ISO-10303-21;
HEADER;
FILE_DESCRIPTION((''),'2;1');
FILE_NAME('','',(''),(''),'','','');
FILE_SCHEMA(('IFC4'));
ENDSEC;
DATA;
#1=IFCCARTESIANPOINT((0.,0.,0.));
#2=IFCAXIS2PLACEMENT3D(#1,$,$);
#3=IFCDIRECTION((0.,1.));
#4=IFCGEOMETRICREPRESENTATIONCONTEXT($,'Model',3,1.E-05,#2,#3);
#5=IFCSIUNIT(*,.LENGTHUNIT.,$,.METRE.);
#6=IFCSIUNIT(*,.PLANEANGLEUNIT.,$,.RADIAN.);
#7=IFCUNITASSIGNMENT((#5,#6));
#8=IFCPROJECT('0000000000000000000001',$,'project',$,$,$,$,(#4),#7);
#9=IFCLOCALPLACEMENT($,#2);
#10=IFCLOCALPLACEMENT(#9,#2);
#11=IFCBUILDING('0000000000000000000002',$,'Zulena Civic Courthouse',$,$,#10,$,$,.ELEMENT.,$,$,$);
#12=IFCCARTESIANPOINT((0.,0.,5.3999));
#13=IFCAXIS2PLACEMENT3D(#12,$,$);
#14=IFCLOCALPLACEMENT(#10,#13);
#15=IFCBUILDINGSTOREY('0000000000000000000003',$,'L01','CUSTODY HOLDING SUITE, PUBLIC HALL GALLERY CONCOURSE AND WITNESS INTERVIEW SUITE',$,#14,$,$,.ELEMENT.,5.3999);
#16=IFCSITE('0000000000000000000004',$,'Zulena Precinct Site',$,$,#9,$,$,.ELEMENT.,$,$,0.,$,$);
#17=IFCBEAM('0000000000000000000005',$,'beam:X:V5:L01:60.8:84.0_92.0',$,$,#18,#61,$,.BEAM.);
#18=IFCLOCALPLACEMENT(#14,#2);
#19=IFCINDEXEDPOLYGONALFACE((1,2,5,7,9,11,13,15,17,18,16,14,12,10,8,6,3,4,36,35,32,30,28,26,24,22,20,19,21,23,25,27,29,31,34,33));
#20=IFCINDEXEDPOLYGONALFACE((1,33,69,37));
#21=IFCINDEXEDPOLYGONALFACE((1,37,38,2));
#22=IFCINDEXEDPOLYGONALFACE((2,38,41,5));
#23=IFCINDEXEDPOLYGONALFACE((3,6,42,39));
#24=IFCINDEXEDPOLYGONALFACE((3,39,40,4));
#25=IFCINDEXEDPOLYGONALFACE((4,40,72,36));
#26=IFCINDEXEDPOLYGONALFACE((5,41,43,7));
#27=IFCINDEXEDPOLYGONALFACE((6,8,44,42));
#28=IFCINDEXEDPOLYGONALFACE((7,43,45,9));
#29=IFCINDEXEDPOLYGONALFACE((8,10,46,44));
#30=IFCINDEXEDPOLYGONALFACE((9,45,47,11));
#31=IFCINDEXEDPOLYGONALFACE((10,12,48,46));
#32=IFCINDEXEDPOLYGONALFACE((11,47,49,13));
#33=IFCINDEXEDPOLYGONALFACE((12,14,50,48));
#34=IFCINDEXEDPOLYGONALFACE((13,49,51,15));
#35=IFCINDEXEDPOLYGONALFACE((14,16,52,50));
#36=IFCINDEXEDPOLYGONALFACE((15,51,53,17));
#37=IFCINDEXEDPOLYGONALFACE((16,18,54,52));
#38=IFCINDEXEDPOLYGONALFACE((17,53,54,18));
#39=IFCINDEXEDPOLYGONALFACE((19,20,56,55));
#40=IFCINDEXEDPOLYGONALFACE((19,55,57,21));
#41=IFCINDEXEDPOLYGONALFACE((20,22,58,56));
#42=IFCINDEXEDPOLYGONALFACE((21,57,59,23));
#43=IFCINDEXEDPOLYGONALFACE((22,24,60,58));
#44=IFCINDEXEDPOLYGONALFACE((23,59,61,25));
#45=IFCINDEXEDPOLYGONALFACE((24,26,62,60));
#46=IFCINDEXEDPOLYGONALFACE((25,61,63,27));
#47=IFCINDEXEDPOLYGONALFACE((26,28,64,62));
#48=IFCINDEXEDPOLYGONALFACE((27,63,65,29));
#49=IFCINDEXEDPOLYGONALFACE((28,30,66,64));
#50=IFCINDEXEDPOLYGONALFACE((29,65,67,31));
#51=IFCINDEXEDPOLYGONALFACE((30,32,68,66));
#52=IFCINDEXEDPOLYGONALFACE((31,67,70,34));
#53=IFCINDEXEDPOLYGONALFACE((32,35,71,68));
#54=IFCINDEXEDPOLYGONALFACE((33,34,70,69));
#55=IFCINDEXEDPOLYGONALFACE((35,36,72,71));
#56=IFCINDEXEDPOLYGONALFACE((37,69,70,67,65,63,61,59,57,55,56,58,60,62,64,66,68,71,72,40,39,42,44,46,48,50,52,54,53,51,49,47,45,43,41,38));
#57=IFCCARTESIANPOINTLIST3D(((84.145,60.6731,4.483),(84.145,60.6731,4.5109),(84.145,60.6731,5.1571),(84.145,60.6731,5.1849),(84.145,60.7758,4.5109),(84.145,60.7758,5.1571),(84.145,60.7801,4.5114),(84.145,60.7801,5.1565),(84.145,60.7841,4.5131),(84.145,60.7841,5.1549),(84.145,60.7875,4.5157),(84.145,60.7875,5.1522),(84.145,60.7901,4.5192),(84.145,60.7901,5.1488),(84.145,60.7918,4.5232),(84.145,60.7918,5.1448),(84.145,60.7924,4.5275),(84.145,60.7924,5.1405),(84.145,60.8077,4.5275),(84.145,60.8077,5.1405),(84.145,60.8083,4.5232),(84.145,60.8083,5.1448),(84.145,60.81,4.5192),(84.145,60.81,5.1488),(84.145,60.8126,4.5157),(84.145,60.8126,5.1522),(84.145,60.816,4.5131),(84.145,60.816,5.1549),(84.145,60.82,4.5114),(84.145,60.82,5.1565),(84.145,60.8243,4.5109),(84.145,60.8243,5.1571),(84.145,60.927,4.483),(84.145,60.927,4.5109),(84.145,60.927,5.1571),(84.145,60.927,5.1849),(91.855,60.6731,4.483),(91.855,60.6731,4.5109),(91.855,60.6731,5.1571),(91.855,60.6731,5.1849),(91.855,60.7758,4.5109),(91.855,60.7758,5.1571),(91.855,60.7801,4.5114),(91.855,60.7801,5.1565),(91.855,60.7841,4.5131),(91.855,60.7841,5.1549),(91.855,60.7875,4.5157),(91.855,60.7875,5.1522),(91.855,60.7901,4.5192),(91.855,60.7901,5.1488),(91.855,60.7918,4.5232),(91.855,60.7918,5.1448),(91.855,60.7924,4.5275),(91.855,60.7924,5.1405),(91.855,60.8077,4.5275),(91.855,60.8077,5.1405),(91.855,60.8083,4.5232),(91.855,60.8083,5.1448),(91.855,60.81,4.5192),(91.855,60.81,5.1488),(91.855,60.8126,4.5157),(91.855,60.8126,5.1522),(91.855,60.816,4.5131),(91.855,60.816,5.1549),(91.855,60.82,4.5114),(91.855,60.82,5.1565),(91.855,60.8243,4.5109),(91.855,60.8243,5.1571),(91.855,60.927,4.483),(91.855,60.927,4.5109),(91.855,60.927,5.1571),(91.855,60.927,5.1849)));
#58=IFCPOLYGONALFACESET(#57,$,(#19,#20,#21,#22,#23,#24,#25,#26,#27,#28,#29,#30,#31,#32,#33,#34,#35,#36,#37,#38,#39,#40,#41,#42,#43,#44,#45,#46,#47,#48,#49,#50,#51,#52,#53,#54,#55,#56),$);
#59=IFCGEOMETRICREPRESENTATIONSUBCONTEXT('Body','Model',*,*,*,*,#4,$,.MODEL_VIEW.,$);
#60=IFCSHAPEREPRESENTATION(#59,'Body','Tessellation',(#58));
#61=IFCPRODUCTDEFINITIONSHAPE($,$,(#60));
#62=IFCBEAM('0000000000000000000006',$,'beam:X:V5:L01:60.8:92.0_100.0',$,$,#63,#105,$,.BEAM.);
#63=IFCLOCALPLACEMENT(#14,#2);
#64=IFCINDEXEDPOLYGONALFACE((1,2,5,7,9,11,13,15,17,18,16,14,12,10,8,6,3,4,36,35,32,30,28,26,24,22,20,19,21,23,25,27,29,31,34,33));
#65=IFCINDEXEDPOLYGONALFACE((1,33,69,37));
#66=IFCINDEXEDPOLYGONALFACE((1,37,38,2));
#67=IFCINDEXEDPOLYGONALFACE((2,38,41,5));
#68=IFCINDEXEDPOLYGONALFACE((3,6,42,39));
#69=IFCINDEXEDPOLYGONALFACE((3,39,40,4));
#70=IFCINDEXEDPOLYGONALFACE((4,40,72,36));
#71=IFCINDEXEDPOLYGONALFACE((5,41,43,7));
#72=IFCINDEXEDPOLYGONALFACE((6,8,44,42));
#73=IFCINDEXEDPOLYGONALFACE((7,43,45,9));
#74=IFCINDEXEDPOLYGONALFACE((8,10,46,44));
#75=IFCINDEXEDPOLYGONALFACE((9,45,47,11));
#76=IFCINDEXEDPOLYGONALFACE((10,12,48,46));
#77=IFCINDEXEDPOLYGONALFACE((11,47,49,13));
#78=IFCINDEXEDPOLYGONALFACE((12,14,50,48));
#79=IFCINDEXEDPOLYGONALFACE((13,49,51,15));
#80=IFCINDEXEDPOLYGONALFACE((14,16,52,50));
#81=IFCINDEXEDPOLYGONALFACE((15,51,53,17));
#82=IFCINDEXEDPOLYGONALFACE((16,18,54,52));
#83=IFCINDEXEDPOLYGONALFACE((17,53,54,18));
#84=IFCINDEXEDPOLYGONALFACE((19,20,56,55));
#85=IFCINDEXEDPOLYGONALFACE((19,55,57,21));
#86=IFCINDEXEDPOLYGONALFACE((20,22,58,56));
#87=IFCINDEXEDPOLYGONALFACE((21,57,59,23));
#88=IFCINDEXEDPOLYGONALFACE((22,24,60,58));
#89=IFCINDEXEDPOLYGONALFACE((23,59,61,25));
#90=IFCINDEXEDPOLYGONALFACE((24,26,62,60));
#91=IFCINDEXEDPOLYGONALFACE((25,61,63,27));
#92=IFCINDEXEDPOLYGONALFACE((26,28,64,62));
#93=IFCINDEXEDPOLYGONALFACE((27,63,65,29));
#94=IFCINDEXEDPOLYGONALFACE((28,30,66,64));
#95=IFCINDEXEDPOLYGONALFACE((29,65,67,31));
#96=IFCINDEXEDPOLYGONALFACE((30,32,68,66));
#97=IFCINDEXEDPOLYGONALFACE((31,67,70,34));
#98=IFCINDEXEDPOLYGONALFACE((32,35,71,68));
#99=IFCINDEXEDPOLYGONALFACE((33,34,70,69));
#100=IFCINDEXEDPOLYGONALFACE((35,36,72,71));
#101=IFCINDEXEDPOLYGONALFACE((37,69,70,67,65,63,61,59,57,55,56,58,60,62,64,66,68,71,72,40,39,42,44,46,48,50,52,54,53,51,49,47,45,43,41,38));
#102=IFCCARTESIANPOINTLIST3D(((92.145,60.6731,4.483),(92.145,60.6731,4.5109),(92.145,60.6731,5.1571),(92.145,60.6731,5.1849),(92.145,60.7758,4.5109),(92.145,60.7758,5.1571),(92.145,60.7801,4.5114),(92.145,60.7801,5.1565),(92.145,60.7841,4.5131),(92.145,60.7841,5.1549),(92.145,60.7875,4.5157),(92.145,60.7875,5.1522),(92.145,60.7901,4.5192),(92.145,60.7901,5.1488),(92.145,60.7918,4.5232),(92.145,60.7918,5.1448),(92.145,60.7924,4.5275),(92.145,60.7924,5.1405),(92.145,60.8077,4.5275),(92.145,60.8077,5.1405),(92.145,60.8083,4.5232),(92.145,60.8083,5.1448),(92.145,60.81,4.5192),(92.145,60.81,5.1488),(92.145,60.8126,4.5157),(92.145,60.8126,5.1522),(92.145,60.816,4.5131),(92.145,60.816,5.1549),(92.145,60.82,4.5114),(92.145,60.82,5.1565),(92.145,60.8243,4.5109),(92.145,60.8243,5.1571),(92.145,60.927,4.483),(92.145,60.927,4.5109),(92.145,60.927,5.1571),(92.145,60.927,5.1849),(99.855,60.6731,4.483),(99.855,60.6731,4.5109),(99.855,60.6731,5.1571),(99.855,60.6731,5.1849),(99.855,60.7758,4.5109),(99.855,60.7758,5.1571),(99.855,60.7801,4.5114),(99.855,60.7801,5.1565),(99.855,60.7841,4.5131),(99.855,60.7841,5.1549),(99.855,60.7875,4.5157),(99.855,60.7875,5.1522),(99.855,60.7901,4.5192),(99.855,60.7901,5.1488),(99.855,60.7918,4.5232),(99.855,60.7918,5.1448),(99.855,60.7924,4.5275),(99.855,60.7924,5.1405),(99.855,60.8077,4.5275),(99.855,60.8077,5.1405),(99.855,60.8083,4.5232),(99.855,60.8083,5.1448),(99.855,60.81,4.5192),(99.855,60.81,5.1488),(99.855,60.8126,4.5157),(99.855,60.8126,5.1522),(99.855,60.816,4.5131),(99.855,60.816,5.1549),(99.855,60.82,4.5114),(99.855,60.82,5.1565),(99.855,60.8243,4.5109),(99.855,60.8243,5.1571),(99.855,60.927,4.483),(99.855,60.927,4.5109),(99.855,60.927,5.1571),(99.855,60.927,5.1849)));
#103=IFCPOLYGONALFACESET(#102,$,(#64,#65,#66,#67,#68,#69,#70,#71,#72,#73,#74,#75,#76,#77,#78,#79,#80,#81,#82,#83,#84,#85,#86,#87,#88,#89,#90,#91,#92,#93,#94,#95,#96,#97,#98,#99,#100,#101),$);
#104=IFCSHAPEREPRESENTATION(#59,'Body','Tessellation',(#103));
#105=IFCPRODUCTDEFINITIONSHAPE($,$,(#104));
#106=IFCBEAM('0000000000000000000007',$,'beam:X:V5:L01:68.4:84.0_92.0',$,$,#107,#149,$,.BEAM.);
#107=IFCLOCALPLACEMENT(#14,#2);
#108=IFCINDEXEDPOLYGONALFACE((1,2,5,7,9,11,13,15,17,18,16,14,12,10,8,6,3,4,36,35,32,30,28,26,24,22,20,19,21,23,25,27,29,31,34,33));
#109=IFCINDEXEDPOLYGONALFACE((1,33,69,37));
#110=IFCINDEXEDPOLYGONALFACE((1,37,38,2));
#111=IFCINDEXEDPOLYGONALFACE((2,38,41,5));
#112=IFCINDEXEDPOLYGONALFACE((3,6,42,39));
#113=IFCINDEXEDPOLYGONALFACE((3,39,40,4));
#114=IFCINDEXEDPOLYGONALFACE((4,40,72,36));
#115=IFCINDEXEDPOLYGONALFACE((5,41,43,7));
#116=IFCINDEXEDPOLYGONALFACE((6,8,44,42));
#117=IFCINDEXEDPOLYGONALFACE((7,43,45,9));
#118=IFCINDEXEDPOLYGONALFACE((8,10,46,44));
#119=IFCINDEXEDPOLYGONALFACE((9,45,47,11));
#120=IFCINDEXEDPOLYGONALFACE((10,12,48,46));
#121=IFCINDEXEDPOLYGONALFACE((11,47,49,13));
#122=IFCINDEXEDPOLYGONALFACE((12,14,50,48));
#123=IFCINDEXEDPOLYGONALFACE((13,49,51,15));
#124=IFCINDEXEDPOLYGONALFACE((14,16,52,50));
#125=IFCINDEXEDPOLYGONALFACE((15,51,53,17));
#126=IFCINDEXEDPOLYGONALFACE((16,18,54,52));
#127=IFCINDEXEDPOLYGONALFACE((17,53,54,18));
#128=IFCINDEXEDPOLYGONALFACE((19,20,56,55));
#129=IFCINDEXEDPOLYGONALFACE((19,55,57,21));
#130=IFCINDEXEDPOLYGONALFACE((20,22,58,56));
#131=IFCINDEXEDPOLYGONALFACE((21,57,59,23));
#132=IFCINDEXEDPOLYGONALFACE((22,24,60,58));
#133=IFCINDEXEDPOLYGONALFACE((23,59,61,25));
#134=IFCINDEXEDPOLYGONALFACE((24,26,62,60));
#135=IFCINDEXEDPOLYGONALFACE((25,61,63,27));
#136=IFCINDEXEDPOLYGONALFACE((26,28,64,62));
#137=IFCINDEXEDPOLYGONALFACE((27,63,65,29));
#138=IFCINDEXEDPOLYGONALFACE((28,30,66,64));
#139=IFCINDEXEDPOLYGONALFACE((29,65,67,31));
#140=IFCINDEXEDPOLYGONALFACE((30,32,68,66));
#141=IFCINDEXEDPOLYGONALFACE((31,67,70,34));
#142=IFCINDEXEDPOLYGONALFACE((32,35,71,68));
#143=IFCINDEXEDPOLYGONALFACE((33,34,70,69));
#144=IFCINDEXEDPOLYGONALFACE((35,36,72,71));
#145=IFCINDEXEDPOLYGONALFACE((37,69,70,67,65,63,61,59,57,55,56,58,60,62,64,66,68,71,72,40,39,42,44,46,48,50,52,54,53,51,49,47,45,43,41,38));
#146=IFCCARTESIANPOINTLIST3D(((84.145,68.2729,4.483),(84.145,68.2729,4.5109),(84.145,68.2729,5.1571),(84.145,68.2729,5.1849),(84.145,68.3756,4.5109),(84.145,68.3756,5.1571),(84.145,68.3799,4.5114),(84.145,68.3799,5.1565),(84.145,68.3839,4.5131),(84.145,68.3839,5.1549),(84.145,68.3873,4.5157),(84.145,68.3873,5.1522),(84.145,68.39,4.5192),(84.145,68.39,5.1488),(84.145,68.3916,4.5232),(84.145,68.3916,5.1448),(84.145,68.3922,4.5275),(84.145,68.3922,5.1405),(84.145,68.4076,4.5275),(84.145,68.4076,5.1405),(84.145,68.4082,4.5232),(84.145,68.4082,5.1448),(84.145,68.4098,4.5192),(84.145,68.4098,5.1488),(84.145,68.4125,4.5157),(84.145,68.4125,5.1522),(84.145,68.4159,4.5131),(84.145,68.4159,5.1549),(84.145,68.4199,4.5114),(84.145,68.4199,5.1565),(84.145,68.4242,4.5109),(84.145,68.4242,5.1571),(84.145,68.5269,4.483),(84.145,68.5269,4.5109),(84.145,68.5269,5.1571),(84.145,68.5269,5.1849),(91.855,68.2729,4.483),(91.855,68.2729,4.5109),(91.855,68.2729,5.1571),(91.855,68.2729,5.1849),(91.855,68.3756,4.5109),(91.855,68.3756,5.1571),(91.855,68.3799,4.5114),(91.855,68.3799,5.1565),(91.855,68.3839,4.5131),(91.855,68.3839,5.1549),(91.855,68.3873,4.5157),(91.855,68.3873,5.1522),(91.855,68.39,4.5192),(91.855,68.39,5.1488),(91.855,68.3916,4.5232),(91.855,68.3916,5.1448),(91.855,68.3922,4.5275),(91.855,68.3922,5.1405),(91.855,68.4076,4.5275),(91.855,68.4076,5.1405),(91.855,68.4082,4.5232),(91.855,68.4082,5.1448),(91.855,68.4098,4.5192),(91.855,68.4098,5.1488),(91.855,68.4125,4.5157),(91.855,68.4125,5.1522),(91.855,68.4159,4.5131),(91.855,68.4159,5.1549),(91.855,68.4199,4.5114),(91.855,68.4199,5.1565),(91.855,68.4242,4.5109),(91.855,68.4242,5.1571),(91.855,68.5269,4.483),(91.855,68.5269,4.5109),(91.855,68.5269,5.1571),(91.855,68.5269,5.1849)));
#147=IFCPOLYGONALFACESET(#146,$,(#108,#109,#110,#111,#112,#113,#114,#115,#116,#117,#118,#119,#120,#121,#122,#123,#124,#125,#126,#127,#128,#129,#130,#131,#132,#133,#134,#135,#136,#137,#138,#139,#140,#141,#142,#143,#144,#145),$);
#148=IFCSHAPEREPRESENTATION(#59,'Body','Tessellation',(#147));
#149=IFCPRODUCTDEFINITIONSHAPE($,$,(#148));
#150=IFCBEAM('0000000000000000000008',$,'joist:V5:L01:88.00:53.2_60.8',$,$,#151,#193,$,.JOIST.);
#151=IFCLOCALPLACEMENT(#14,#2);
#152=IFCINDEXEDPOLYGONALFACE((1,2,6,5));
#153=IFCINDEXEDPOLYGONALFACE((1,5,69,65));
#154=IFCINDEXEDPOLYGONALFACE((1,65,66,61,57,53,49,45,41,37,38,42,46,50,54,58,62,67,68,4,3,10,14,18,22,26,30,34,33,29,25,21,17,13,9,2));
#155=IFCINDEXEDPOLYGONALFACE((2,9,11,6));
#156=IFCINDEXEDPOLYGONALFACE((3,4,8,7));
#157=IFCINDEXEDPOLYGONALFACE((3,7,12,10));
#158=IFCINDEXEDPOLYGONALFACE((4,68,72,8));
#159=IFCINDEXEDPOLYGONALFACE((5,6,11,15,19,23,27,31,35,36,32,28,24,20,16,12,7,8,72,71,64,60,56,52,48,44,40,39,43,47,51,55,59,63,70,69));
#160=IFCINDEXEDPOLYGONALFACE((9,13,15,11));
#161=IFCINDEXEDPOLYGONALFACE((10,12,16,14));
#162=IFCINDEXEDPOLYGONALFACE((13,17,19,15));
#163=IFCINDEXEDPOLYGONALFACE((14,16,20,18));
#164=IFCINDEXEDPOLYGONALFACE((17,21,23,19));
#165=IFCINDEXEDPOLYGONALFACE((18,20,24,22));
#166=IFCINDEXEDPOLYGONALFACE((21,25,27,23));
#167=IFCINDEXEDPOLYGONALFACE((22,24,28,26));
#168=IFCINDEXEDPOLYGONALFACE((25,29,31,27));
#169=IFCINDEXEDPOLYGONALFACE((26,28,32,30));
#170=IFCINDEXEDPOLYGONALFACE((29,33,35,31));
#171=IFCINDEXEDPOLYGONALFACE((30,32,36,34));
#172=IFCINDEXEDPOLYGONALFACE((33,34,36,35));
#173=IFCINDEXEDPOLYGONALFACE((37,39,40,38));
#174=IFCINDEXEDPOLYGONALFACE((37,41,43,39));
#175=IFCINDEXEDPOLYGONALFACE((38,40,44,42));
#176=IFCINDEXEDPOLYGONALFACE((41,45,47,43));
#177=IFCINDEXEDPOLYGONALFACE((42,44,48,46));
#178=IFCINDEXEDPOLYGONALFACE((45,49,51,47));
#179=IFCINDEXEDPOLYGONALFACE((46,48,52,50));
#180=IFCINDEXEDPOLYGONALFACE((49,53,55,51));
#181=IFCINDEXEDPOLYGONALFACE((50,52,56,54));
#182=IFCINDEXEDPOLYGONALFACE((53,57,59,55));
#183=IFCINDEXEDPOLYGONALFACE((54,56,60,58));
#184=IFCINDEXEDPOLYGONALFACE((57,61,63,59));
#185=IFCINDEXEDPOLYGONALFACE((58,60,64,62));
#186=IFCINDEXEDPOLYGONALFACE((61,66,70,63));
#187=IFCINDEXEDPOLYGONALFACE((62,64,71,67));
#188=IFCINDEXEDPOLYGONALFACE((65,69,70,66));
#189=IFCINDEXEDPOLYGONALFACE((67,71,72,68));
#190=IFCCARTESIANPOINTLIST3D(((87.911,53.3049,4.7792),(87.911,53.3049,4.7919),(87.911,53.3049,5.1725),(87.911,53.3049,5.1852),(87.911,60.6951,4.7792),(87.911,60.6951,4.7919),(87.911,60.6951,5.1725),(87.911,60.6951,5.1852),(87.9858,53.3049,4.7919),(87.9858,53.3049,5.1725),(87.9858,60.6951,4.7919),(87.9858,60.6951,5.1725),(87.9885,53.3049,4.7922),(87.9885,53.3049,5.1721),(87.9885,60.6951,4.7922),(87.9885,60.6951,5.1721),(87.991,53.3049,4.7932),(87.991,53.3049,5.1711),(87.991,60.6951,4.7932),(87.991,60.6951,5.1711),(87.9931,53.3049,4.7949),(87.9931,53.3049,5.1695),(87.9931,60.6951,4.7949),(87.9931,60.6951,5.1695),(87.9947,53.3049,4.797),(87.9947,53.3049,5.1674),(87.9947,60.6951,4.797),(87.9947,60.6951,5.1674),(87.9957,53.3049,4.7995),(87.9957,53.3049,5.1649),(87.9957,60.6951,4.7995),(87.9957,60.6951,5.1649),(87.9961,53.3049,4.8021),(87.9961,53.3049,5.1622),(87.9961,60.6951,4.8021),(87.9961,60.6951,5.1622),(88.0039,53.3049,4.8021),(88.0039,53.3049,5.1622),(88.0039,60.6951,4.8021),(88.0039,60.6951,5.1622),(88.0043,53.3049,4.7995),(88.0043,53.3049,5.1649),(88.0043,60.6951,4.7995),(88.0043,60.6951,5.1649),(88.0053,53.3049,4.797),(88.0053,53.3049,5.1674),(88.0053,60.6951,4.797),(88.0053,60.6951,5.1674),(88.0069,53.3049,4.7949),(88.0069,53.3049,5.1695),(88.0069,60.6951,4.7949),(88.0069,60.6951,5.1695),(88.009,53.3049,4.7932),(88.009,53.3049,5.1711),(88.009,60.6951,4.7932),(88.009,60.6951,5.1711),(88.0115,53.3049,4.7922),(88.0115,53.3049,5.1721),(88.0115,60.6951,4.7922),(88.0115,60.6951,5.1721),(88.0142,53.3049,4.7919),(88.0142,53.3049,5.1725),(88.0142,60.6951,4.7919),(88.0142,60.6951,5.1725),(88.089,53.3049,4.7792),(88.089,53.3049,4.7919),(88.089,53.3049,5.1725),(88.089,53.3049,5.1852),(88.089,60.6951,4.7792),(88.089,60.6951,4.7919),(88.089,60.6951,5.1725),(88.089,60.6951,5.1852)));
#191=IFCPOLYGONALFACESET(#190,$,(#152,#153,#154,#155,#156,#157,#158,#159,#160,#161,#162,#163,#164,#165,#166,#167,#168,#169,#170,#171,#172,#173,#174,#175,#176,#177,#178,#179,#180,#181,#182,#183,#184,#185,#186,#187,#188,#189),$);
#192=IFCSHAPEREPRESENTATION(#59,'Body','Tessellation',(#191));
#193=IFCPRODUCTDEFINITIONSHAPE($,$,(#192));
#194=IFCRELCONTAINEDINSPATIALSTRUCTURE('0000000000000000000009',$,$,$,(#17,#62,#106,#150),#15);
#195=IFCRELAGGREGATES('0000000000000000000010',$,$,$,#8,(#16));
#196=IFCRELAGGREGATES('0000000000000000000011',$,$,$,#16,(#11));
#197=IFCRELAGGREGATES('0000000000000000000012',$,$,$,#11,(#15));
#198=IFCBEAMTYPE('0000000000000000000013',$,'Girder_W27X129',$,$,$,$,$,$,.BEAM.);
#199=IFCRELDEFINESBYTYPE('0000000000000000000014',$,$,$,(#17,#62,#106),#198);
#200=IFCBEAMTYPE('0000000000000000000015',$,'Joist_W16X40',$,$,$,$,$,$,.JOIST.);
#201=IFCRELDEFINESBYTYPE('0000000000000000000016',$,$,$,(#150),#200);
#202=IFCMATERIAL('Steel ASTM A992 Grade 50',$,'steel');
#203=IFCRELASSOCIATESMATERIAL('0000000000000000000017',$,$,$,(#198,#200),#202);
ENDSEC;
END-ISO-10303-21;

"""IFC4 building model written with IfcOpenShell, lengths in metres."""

from ifc_helpers import new_model, si_unit, direction, frame, origin, origin_2d, place, context, subcontext, project, spatial, i_section, extrude, material, material_profile, profile_set, type_object, element, save


model = new_model("IFC4")

# Units and contexts
model_context = context("Model", 3, precision=1e-05, world=origin(), true_north=direction((0.0, 1.0)))
body_context = subcontext(model_context, "Body", "Model", "MODEL_VIEW")
ifc_project = project(units=[si_unit("LENGTHUNIT", "METRE"), si_unit("PLANEANGLEUNIT", "RADIAN")], contexts=[model_context])

# Site, building, storey
site_placement = place(None, origin())
site = spatial("IfcSite", under=ifc_project, at=site_placement, Name="Zulena Precinct Site", CompositionType="ELEMENT", RefElevation=0.0)
building_placement = place(site_placement, origin())
building = spatial("IfcBuilding", under=site, at=building_placement, Name="Zulena Civic Courthouse", CompositionType="ELEMENT")
storey_placement = place(building_placement, frame((0.0, 0.0, 5.3999)))
storey = spatial("IfcBuildingStorey", under=building, at=storey_placement, Name="L01", Description="CUSTODY HOLDING SUITE, PUBLIC HALL GALLERY CONCOURSE AND WITNESS INTERVIEW SUITE", CompositionType="ELEMENT", Elevation=5.3999)

# Shared definitions
ifc_material_1 = material(Name="Steel ASTM A992 Grade 50", Category="steel")

# Beams
ifc_material_profile_1 = material_profile(ifc_material_1, i_section(OverallWidth=0.2539, OverallDepth=0.7019, WebThickness=0.0154, FlangeThickness=0.0278, FilletRadius=0.0166, at=origin_2d()), Name="W27X129")
ifc_profile_set_1 = profile_set([ifc_material_profile_1], Name="Steel ASTM A992 Grade 50")
beam_type_1 = type_object("IfcBeamType", Name="Girder_W27X129", PredefinedType="BEAM", material=ifc_profile_set_1)
for number, where, z_axis, x_axis, name in (
    (1, (84.145, 60.8, 4.834), (1.0, 0.0, 0.0), (0.0, 1.0, 0.0), "beam:X:V5:L01:60.8:84.0_92.0"),
    (2, (92.145, 60.8, 4.834), (1.0, 0.0, 0.0), (0.0, 1.0, 0.0), "beam:X:V5:L01:60.8:92.0_100.0"),
    (3, (84.145, 68.3999, 4.834), (1.0, 0.0, 0.0), (0.0, 1.0, 0.0), "beam:X:V5:L01:68.4:84.0_92.0"),
):
    element("IfcBeam", number, at=place(storey_placement, frame(where, z_axis=z_axis, x_axis=x_axis)), inside=storey, type_object=beam_type_1, Name=name, PredefinedType="BEAM", context=body_context, shape_type="SweptSolid", body=[
        extrude(i_section(OverallWidth=0.2539, OverallDepth=0.7019, WebThickness=0.0154, FlangeThickness=0.0278, FilletRadius=0.0166, at=origin_2d()), origin(), (0.0, 0.0, 1.0), 7.71),
    ])
ifc_material_profile_2 = material_profile(ifc_material_1, i_section(OverallWidth=0.178, OverallDepth=0.406, WebThickness=0.0078, FlangeThickness=0.0127, FilletRadius=0.0103, at=origin_2d()), Name="W16X40")
ifc_profile_set_2 = profile_set([ifc_material_profile_2], Name="Steel ASTM A992 Grade 50")
beam_type_2 = type_object("IfcBeamType", Name="Joist_W16X40", PredefinedType="JOIST", material=ifc_profile_set_2)
beam_1_placement = place(storey_placement, frame((88.0, 53.3049, 4.9822), z_axis=(0.0, 1.0, 0.0), x_axis=(-1.0, 0.0, 0.0)))
element("IfcBeam", 4, at=beam_1_placement, inside=storey, type_object=beam_type_2, Name="joist:V5:L01:88.00:53.2_60.8", PredefinedType="JOIST", context=body_context, shape_type="SweptSolid", body=[
    extrude(i_section(OverallWidth=0.178, OverallDepth=0.406, WebThickness=0.0078, FlangeThickness=0.0127, FilletRadius=0.0103, at=origin_2d()), origin(), (0.0, 0.0, 1.0), 7.3901),
])

save(model, "model.ifc")
